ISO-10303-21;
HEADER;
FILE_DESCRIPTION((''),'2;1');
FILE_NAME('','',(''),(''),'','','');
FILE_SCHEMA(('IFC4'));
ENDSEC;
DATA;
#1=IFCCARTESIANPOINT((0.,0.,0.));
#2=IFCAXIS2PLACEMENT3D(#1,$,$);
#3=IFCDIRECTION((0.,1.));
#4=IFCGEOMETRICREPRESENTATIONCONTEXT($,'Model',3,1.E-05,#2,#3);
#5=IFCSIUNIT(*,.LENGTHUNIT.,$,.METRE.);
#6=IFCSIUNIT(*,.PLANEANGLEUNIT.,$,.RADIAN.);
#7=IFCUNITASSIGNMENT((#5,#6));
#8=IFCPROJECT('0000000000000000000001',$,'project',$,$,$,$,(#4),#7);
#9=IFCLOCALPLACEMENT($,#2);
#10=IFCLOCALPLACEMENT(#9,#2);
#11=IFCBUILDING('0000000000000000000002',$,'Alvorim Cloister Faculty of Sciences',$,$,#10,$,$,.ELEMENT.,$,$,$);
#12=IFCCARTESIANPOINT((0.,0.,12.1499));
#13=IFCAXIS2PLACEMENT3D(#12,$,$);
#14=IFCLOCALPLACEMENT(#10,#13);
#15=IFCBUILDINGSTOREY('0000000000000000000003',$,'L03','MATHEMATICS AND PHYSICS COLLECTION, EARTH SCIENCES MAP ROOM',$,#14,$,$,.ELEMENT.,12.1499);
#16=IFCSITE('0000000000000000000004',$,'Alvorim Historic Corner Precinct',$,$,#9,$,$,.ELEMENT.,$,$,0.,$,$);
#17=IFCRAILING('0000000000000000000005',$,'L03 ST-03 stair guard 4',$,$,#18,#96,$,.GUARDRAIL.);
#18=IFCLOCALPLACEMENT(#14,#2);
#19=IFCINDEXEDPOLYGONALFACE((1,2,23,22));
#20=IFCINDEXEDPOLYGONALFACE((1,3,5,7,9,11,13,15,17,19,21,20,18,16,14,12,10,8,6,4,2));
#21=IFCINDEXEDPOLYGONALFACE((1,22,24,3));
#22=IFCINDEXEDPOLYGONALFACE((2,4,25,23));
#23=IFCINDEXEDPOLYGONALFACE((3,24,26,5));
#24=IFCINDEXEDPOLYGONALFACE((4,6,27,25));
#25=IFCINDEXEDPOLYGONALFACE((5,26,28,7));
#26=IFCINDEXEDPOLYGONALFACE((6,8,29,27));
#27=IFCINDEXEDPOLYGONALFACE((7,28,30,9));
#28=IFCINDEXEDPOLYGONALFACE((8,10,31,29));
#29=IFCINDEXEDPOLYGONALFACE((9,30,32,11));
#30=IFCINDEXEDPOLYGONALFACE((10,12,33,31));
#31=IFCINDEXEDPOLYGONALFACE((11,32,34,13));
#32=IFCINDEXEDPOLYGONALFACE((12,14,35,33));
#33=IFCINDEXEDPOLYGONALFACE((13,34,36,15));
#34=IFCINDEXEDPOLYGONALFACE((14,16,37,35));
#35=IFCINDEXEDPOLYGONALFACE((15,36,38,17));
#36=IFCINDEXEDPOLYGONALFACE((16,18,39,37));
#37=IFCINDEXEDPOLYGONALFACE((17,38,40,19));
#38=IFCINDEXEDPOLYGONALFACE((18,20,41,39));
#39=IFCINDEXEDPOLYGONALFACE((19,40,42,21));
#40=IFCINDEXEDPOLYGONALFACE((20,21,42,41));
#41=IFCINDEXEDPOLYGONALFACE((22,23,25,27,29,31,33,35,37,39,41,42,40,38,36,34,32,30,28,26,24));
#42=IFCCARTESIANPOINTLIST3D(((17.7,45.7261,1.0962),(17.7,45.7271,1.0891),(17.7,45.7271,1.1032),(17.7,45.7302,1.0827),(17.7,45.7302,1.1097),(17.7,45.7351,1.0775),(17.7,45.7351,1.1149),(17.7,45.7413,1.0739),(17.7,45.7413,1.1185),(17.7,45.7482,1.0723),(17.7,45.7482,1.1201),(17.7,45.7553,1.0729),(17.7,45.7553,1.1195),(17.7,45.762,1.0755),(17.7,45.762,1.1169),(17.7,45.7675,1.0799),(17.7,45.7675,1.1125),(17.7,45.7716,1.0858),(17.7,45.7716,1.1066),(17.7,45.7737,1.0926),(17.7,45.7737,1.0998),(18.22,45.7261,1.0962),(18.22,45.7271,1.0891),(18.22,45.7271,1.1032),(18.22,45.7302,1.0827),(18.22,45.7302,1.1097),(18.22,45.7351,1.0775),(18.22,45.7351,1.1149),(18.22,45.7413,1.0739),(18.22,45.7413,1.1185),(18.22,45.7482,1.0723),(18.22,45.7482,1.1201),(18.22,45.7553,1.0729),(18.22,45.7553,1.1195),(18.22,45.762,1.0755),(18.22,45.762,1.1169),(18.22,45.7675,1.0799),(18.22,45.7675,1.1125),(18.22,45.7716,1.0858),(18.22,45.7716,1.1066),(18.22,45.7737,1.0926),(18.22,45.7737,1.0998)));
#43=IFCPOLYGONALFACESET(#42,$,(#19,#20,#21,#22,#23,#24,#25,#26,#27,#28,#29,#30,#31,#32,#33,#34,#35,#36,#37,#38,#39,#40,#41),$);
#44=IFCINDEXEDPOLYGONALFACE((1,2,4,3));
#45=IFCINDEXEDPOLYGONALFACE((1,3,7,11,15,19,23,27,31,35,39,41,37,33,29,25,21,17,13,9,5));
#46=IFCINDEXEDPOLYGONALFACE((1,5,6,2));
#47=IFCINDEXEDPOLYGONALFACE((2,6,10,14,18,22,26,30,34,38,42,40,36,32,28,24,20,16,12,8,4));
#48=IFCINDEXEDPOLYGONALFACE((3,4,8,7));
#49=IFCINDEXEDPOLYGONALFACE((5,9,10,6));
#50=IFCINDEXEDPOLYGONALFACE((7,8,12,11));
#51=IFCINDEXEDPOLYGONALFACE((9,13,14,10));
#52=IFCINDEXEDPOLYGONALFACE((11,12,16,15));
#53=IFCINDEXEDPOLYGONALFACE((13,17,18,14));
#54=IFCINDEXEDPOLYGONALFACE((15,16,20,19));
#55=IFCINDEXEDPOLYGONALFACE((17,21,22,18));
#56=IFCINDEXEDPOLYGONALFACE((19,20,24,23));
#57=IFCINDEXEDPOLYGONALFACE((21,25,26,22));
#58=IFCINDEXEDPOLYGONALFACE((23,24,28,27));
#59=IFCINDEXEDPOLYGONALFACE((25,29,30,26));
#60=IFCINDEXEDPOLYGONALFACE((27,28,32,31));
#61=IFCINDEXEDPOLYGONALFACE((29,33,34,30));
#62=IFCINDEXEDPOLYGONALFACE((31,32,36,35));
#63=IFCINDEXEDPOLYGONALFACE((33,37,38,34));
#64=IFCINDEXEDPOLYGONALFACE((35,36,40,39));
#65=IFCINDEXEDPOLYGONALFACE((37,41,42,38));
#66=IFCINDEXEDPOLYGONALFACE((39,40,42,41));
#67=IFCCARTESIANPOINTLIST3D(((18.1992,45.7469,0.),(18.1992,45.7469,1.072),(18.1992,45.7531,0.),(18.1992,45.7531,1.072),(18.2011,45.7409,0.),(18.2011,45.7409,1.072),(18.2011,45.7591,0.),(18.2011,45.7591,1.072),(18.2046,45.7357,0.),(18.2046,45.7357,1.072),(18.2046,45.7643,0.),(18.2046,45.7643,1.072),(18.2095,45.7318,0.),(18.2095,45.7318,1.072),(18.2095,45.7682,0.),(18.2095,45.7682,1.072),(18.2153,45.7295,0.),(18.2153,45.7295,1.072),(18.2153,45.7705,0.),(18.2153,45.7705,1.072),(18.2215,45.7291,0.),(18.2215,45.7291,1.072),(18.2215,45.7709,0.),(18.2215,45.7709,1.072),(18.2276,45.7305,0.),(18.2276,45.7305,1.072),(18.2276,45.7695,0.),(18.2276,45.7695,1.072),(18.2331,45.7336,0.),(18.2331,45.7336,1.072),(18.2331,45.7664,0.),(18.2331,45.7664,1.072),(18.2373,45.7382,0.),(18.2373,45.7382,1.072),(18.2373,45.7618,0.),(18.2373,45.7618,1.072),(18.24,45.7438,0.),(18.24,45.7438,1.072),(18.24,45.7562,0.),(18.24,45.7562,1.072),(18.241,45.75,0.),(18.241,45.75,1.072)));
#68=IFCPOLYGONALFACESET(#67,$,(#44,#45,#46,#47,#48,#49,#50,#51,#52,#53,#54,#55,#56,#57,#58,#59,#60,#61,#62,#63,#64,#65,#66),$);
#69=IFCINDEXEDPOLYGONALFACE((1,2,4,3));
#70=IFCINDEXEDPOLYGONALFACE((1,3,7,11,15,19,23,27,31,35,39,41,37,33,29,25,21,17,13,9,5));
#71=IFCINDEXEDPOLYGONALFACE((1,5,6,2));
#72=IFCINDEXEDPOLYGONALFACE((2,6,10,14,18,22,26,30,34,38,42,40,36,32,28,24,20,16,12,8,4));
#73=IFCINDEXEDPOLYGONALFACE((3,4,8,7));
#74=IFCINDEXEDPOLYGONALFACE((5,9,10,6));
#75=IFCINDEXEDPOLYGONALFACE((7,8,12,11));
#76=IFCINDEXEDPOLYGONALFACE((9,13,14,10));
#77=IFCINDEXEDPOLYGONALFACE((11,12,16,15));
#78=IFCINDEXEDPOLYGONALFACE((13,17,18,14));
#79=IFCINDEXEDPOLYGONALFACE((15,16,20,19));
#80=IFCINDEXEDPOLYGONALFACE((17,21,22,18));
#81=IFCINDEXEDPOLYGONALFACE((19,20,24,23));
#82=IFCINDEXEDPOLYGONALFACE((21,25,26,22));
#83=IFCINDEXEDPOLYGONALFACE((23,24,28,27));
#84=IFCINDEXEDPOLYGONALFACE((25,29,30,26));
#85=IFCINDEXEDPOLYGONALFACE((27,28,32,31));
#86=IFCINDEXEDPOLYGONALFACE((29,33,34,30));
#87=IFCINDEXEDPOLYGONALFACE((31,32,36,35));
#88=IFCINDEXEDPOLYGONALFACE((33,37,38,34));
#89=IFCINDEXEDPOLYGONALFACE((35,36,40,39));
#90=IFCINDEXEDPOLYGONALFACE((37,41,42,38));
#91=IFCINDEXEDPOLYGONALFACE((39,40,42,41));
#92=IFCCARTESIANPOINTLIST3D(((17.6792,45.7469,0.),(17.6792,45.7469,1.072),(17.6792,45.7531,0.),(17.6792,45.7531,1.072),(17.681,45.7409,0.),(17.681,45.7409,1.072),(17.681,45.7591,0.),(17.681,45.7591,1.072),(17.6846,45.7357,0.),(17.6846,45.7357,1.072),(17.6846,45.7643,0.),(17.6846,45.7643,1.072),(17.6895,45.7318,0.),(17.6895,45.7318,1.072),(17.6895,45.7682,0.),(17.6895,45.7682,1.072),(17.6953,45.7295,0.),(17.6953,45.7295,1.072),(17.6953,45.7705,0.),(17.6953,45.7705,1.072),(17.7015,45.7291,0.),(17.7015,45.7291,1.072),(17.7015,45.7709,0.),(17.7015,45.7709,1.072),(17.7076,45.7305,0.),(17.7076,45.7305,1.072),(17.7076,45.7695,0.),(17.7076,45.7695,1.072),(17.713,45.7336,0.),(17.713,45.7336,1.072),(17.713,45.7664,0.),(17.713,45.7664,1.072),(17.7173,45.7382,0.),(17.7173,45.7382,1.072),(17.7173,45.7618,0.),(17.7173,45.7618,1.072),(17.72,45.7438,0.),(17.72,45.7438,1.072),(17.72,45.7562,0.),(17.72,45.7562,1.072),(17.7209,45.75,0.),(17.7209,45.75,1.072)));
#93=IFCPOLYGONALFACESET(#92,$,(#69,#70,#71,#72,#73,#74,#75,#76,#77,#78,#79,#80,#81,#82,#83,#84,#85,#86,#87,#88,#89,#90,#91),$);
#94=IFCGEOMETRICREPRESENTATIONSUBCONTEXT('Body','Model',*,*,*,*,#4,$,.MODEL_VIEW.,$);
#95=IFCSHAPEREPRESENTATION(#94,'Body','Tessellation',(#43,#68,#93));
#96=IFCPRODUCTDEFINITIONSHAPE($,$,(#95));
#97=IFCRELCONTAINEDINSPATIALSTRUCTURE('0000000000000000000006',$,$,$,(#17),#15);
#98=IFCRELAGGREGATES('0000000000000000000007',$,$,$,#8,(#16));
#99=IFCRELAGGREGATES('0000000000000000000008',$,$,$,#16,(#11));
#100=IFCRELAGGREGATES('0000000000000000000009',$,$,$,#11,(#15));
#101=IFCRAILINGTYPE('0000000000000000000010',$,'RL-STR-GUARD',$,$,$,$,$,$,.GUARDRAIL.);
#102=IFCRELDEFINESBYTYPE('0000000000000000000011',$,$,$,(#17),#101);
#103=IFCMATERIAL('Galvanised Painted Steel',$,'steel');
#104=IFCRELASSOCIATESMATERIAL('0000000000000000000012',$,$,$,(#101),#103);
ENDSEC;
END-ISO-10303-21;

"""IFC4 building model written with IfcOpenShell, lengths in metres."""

from ifc_helpers import new_model, si_unit, direction, frame, origin, origin_2d, place, context, subcontext, project, spatial, circle, extrude, material, type_object, element, save


model = new_model("IFC4")

# Units and contexts
model_context = context("Model", 3, precision=1e-05, world=origin(), true_north=direction((0.0, 1.0)))
body_context = subcontext(model_context, "Body", "Model", "MODEL_VIEW")
ifc_project = project(units=[si_unit("LENGTHUNIT", "METRE"), si_unit("PLANEANGLEUNIT", "RADIAN")], contexts=[model_context])

# Site, building, storey
site_placement = place(None, origin())
site = spatial("IfcSite", under=ifc_project, at=site_placement, Name="Alvorim Historic Corner Precinct", CompositionType="ELEMENT", RefElevation=0.0)
building_placement = place(site_placement, origin())
building = spatial("IfcBuilding", under=site, at=building_placement, Name="Alvorim Cloister Faculty of Sciences", CompositionType="ELEMENT")
storey_placement = place(building_placement, frame((0.0, 0.0, 12.1499)))
storey = spatial("IfcBuildingStorey", under=building, at=storey_placement, Name="L03", Description="MATHEMATICS AND PHYSICS COLLECTION, EARTH SCIENCES MAP ROOM", CompositionType="ELEMENT", Elevation=12.1499)

# Railing
ifc_material_1 = material(Name="Galvanised Painted Steel", Category="steel")
railing_type_1 = type_object("IfcRailingType", Name="RL-STR-GUARD", PredefinedType="GUARDRAIL", material=ifc_material_1)
railing_1_placement = place(storey_placement, frame((18.22, 45.75, 0.0)))
element("IfcRailing", 1, at=railing_1_placement, inside=storey, type_object=railing_type_1, Name="L03 ST-03 stair guard 4", PredefinedType="GUARDRAIL", context=body_context, shape_type="SweptSolid", body=[
    extrude(circle(Radius=0.0239, at=origin_2d()), frame((0.0, 0.0, 1.0962), z_axis=(-1.0, 0.0, 0.0), x_axis=(0.0, -1.0, 0.0)), (0.0, 0.0, 1.0), 0.52),
    extrude(circle(Radius=0.021, at=origin_2d()), origin(), (0.0, 0.0, 1.0), 1.072),
    extrude(circle(Radius=0.021, at=origin_2d()), frame((-0.52, 0.0, 0.0)), (0.0, 0.0, 1.0), 1.072),
])

save(model, "model.ifc")
